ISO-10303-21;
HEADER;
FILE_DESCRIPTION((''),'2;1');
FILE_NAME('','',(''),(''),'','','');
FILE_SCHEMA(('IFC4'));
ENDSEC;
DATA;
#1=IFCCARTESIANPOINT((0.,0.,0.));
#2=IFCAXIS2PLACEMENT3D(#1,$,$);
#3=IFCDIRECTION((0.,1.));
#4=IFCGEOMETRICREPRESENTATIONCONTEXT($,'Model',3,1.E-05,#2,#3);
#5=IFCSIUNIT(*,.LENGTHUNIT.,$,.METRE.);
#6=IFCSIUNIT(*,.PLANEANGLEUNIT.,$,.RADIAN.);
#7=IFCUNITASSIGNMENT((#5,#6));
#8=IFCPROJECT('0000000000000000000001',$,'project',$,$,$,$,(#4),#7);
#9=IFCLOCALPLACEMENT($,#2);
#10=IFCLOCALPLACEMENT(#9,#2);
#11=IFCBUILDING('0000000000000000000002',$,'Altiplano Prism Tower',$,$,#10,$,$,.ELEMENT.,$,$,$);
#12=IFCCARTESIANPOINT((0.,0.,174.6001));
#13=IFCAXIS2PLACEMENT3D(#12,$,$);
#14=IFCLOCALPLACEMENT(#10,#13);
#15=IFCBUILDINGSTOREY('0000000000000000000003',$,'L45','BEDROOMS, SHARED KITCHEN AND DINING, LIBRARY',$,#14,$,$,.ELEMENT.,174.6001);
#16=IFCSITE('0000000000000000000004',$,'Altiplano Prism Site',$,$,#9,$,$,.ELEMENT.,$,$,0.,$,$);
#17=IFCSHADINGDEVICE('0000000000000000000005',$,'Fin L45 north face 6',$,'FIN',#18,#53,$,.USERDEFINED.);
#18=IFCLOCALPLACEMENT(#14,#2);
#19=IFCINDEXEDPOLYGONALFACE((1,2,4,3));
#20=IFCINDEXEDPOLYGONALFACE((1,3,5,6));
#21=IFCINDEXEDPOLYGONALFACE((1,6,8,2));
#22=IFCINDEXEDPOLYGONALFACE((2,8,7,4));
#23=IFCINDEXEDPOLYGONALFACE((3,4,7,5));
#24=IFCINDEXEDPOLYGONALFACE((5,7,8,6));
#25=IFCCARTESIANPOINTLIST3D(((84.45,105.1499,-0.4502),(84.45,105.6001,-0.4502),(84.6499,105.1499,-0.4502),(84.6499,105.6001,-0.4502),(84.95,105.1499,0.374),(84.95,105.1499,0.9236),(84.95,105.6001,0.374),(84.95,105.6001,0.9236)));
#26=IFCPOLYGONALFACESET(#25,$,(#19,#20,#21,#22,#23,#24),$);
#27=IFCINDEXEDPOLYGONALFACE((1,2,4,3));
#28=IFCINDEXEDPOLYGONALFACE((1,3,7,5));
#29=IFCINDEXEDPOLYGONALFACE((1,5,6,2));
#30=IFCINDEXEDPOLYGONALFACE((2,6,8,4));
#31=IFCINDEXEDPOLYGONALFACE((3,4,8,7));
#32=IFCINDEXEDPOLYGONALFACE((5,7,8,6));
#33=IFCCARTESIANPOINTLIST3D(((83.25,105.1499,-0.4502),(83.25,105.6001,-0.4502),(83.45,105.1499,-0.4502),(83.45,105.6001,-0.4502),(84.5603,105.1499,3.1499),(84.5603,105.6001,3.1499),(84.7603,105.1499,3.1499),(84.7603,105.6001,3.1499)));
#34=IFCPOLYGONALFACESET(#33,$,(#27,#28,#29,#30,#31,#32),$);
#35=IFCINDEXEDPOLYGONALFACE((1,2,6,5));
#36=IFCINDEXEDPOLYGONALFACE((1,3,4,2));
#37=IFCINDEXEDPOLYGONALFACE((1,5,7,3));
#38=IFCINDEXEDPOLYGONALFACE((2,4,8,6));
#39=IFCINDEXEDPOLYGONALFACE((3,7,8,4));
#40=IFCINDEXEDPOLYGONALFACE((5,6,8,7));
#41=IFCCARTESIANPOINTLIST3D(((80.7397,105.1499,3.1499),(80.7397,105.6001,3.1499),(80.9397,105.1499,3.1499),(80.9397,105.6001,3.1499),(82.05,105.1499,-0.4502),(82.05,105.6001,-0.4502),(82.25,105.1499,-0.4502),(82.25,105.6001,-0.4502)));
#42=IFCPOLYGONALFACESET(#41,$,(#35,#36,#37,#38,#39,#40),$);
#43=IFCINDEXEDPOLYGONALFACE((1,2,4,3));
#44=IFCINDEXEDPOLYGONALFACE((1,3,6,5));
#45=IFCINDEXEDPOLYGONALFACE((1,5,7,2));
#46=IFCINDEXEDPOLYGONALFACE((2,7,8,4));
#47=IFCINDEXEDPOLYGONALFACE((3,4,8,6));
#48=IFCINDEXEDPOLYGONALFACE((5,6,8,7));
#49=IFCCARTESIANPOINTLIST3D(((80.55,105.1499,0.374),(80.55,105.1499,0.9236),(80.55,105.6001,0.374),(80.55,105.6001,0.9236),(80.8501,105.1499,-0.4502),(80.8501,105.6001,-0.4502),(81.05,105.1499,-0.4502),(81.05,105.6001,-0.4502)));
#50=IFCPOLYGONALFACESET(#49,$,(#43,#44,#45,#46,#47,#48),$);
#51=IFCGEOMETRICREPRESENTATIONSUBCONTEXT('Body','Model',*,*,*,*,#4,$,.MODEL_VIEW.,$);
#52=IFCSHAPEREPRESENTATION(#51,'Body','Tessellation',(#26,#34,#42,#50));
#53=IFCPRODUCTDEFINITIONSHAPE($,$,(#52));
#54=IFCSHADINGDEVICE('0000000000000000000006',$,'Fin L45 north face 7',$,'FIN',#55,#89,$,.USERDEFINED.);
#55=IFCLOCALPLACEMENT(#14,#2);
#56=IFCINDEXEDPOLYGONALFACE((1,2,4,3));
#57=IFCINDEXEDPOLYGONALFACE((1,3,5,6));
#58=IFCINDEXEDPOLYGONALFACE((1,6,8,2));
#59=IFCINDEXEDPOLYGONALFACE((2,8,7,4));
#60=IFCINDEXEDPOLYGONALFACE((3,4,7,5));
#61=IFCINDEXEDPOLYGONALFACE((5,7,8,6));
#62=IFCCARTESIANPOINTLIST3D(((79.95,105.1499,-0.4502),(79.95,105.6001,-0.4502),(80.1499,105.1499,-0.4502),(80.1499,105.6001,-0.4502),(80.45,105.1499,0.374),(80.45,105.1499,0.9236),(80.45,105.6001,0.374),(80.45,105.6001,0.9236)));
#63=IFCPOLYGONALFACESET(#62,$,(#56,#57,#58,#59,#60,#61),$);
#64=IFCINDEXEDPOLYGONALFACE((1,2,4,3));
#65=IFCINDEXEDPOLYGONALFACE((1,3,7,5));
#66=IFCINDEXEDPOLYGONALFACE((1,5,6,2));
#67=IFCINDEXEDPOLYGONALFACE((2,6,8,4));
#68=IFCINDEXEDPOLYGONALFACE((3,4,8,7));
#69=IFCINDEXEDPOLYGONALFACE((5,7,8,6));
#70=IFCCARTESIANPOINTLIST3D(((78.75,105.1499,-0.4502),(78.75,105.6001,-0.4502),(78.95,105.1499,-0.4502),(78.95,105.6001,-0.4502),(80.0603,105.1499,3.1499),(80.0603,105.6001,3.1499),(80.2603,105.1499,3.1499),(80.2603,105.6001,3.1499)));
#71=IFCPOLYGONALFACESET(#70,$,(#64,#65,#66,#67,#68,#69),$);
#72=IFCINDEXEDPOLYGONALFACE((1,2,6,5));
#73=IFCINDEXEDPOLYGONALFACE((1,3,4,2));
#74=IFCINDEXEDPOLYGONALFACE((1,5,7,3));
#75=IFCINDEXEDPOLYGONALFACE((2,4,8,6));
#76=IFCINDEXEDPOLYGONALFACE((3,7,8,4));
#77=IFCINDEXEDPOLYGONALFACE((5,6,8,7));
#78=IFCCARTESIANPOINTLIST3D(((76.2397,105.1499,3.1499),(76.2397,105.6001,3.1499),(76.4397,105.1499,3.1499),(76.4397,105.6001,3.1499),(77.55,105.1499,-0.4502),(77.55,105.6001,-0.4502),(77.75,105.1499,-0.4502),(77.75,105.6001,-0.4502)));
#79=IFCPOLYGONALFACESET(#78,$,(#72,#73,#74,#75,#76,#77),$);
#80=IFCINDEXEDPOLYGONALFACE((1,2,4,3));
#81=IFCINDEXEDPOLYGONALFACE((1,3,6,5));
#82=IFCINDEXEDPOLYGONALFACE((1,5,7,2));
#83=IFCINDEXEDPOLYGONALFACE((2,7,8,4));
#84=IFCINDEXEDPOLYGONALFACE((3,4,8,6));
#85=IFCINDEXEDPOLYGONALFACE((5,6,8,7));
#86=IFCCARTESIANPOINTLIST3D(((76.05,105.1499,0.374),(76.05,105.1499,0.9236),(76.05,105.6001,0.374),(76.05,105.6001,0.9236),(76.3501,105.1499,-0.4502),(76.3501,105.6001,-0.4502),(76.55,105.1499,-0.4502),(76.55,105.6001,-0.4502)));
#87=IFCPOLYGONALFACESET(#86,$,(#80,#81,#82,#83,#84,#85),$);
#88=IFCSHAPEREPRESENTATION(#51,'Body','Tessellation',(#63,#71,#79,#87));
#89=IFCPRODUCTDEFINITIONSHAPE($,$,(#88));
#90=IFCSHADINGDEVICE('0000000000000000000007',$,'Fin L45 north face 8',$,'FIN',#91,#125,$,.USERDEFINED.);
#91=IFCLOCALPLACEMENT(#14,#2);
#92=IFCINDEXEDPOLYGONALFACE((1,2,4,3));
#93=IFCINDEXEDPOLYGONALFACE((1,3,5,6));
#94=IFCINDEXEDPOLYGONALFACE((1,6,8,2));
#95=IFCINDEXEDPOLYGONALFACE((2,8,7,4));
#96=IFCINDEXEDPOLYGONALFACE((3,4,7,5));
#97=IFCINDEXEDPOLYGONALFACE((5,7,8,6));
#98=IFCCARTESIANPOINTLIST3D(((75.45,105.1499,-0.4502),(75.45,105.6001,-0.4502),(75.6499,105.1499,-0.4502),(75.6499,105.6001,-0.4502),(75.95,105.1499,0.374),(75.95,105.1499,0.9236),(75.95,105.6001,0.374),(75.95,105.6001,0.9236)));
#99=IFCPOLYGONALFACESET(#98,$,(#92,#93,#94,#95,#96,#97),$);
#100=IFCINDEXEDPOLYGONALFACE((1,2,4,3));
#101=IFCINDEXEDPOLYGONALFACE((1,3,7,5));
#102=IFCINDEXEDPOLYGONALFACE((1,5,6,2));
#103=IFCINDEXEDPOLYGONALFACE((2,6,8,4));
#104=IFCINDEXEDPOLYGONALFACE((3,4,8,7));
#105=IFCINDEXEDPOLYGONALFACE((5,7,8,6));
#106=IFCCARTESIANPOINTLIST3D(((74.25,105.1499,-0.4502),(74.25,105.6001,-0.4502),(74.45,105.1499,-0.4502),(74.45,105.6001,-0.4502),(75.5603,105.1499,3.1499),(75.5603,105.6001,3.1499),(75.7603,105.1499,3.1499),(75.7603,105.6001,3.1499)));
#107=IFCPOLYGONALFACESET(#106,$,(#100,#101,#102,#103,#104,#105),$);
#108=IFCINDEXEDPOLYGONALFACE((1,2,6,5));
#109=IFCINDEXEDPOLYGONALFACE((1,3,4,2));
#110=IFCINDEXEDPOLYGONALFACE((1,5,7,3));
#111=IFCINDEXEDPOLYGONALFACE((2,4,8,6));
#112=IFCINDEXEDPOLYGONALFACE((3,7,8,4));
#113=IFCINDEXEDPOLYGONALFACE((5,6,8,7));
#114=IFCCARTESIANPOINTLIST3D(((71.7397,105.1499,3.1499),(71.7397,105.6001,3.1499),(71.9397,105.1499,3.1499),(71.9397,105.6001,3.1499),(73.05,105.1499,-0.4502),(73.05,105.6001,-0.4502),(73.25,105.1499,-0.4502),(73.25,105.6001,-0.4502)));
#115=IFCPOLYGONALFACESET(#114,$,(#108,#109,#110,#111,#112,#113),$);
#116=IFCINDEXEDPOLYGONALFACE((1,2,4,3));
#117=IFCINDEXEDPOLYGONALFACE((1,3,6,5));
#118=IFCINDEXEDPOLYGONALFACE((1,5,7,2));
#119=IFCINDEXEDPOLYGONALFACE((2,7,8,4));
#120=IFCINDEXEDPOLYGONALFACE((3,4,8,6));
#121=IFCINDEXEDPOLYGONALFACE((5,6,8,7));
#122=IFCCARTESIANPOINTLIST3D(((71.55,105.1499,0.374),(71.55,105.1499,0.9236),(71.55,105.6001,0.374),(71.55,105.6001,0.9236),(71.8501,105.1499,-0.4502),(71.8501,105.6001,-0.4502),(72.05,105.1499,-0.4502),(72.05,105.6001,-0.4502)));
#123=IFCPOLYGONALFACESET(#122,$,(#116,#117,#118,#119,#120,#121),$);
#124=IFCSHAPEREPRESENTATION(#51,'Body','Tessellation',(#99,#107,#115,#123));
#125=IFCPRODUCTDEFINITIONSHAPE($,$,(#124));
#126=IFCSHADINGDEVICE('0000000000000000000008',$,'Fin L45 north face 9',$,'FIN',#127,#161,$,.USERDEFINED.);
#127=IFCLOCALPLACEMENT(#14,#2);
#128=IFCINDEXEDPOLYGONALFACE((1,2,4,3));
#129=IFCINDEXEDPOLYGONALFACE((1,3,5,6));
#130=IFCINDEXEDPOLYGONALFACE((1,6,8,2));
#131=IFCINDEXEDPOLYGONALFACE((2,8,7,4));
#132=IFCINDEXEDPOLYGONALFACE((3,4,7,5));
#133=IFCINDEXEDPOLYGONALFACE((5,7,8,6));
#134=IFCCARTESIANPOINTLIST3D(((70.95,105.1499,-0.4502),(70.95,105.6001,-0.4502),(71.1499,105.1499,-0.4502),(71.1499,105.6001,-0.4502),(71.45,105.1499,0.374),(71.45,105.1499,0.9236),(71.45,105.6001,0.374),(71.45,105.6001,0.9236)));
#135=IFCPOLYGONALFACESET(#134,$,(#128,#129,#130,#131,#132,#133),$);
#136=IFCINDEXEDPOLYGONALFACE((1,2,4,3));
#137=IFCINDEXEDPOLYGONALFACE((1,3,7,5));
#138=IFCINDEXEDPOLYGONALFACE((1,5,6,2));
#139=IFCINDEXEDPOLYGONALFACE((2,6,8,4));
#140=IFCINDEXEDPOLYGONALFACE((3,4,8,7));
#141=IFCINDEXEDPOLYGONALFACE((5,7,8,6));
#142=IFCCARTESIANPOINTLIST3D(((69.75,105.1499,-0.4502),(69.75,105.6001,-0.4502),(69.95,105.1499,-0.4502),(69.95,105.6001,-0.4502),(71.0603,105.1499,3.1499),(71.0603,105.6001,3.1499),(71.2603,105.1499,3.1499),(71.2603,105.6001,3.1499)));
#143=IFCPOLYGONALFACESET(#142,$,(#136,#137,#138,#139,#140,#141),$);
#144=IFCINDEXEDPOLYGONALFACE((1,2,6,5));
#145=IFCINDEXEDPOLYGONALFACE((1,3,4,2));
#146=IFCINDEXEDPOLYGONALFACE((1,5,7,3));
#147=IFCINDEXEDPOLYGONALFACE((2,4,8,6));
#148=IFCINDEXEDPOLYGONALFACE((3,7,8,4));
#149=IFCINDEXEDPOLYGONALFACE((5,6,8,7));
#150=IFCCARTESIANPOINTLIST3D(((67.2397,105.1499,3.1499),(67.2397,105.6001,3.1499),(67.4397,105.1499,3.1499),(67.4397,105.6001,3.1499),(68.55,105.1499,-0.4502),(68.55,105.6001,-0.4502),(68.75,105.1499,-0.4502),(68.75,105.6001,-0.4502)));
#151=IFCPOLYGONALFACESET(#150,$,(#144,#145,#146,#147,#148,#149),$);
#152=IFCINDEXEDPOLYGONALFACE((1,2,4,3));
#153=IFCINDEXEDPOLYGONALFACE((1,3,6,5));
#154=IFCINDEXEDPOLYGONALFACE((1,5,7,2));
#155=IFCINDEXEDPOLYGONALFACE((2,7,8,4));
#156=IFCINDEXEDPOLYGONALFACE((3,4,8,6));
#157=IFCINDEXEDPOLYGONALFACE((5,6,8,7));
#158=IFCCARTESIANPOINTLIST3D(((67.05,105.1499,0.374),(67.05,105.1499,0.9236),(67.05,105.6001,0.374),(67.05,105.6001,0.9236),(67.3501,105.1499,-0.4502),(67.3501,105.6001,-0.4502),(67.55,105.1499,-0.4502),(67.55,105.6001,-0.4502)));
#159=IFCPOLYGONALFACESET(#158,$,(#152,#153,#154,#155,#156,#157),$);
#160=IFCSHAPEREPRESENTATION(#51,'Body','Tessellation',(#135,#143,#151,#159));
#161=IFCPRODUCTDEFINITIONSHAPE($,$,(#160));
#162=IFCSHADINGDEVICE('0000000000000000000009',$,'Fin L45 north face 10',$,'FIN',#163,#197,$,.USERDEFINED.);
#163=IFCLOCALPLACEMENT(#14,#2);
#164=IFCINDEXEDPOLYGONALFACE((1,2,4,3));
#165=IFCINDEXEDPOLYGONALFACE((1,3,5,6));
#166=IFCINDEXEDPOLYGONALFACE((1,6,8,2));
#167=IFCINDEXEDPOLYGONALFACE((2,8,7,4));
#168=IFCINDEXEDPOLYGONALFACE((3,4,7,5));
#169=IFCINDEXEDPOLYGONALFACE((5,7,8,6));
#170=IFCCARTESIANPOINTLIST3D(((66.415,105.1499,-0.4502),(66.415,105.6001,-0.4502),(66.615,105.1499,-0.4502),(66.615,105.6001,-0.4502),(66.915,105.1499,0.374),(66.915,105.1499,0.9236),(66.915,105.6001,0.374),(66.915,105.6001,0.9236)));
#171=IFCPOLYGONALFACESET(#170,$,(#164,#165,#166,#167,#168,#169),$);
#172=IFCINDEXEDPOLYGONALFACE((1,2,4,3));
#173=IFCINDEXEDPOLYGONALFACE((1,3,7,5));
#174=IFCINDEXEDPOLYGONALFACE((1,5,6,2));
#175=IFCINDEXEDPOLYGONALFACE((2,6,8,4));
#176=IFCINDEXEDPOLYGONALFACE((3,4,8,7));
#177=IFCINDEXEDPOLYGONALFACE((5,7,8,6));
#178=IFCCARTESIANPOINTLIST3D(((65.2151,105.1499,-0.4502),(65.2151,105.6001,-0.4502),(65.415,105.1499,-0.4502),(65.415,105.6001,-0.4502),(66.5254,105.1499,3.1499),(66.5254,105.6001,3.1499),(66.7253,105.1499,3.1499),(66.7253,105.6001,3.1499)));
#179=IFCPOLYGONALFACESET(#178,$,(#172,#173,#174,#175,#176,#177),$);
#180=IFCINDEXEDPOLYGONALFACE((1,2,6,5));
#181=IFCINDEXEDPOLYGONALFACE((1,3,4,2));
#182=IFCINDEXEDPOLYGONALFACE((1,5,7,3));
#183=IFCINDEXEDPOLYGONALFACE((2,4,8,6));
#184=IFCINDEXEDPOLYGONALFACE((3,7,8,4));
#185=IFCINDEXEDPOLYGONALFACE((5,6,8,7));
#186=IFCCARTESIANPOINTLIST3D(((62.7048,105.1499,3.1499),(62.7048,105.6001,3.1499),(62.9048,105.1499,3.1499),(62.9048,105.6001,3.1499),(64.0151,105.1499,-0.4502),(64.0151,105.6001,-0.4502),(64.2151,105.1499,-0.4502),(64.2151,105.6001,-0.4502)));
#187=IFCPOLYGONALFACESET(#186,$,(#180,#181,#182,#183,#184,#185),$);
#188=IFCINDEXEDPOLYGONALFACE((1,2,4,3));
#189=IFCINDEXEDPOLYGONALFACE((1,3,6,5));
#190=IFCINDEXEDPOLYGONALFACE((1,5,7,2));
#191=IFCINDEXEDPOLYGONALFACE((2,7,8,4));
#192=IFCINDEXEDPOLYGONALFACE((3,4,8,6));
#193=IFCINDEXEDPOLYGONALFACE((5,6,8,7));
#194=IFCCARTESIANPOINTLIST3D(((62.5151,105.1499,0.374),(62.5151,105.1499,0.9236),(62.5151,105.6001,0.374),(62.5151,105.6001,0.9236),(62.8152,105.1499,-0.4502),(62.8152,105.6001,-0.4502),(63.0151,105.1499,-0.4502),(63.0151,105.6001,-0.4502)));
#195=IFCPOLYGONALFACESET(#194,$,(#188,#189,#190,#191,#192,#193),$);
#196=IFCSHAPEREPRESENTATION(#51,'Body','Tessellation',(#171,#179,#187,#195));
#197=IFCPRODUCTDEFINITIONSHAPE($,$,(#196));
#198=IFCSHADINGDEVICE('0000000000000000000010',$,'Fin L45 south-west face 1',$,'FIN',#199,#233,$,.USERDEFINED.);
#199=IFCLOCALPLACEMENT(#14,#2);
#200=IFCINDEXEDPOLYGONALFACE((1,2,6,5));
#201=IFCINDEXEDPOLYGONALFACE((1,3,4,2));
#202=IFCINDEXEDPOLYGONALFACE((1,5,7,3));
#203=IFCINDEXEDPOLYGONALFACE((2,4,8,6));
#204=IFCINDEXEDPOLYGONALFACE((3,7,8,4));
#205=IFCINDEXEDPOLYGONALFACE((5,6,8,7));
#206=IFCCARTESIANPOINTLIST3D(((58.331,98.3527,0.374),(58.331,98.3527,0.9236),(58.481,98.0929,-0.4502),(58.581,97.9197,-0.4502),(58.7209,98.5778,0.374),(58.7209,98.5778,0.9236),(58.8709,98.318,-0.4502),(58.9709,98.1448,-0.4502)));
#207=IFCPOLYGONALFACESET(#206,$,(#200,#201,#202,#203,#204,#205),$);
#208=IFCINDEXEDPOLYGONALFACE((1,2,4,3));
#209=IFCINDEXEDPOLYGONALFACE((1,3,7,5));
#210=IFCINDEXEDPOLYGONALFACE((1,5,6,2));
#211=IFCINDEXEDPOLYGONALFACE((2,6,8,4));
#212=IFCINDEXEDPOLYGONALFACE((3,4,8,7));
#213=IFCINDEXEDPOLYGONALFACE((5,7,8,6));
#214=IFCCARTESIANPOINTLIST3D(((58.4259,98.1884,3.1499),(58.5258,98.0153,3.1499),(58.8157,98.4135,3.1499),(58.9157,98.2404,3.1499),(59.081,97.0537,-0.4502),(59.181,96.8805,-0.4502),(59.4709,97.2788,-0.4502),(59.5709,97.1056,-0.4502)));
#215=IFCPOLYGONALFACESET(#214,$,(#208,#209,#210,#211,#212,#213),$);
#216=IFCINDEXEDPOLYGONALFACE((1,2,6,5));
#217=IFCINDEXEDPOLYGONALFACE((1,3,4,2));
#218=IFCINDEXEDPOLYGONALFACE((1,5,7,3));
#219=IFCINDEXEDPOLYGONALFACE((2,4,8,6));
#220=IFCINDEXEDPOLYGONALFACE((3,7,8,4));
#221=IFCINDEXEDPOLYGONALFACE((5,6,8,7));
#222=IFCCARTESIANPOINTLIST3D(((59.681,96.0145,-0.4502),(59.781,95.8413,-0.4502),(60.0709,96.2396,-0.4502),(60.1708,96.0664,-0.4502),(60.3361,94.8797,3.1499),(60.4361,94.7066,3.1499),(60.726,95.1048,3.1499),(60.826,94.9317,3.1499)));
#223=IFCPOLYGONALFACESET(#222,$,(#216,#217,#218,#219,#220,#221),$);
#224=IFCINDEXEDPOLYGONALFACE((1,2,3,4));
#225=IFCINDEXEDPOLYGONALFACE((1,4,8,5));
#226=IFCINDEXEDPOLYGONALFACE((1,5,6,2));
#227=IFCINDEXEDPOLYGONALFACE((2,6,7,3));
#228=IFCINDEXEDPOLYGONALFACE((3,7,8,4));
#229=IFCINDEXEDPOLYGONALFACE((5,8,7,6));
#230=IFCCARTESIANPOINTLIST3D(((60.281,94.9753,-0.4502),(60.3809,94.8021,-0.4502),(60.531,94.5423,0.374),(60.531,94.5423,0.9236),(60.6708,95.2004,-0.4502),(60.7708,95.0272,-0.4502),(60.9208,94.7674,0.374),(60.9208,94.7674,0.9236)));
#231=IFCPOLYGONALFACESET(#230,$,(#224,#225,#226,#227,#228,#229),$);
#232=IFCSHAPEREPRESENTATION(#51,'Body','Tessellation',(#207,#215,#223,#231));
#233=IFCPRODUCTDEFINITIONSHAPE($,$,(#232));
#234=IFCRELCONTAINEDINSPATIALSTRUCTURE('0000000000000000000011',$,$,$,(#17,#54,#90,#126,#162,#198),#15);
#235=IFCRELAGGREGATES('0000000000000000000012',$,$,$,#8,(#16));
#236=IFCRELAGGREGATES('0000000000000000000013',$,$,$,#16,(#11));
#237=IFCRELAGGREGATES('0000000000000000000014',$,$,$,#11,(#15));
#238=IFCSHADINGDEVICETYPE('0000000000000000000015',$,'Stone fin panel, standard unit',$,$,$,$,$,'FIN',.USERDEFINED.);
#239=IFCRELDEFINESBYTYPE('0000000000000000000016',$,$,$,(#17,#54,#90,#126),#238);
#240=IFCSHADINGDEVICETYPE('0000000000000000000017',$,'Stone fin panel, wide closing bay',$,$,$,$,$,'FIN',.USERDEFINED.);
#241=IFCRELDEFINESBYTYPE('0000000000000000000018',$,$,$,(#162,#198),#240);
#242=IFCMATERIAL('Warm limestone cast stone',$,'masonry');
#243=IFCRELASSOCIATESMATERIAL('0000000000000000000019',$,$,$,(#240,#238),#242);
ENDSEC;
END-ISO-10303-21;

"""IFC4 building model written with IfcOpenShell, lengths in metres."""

from ifc_helpers import new_model, si_unit, direction, frame, origin, place, context, subcontext, project, spatial, polyline, outline, extrude, source, transform, mapped, material, type_object, element, save


model = new_model("IFC4")

# Units and contexts
model_context = context("Model", 3, precision=1e-05, world=origin(), true_north=direction((0.0, 1.0)))
body_context = subcontext(model_context, "Body", "Model", "MODEL_VIEW")
ifc_project = project(units=[si_unit("LENGTHUNIT", "METRE"), si_unit("PLANEANGLEUNIT", "RADIAN")], contexts=[model_context])

# Site, building, storey
site_placement = place(None, origin())
site = spatial("IfcSite", under=ifc_project, at=site_placement, Name="Altiplano Prism Site", CompositionType="ELEMENT", RefElevation=0.0)
building_placement = place(site_placement, origin())
building = spatial("IfcBuilding", under=site, at=building_placement, Name="Altiplano Prism Tower", CompositionType="ELEMENT")
storey_placement = place(building_placement, frame((0.0, 0.0, 174.6001)))
storey = spatial("IfcBuildingStorey", under=building, at=storey_placement, Name="L45", Description="BEDROOMS, SHARED KITCHEN AND DINING, LIBRARY", CompositionType="ELEMENT", Elevation=174.6001)

# Shading devices
ifc_material_1 = material(Name="Warm limestone cast stone", Category="masonry")
shading_device_type_1 = type_object("IfcShadingDeviceType", Name="Stone fin panel, wide closing bay", ElementType="FIN", PredefinedType="USERDEFINED", material=ifc_material_1)
shared_shape_1 = source(origin(), body_context, "Body", "SweptSolid", [
    extrude(outline(polyline([(-2.2, 1.3738), (-2.2, 0.8242), (-1.8999, 0.0), (-1.7, 0.0), (-2.2, 1.3738)])), frame((0.0, -0.1499, 0.0), z_axis=(0.0, -1.0, 0.0), x_axis=(1.0, 0.0, 0.0)), (0.0, 0.0, 1.0), 0.4502),
    extrude(outline(polyline([(-2.0103, 3.6001), (-0.7, 0.0), (-0.5, 0.0), (-1.8103, 3.6001), (-2.0103, 3.6001)])), frame((0.0, -0.1499, 0.0), z_axis=(0.0, -1.0, 0.0), x_axis=(1.0, 0.0, 0.0)), (0.0, 0.0, 1.0), 0.4502),
    extrude(outline(polyline([(1.8103, 3.6001), (0.5, 0.0), (0.7, 0.0), (2.0103, 3.6001), (1.8103, 3.6001)])), frame((0.0, -0.1499, 0.0), z_axis=(0.0, -1.0, 0.0), x_axis=(1.0, 0.0, 0.0)), (0.0, 0.0, 1.0), 0.4502),
    extrude(outline(polyline([(2.2, 0.8242), (2.2, 1.3738), (1.7, 0.0), (1.8999, 0.0), (2.2, 0.8242)])), frame((0.0, -0.1499, 0.0), z_axis=(0.0, -1.0, 0.0), x_axis=(1.0, 0.0, 0.0)), (0.0, 0.0, 1.0), 0.4502),
])
shading_device_type_2 = type_object("IfcShadingDeviceType", Name="Stone fin panel, standard unit", ElementType="FIN", PredefinedType="USERDEFINED", material=ifc_material_1)
shading_device_1_placement = place(storey_placement, origin())
element("IfcShadingDevice", 1, at=shading_device_1_placement, inside=storey, type_object=shading_device_type_2, Name="Fin L45 north face 6", ObjectType="FIN", PredefinedType="USERDEFINED", context=body_context, shape_type="MappedRepresentation", body=[
    mapped(shared_shape_1, transform((82.75, 105.0, -0.4502), x_axis=(-1.0, 0.0, 0.0), y_axis=(0.0, -1.0, 0.0), z_axis=(0.0, 0.0, 1.0))),
])
shading_device_2_placement = place(storey_placement, origin())
element("IfcShadingDevice", 2, at=shading_device_2_placement, inside=storey, type_object=shading_device_type_2, Name="Fin L45 north face 7", ObjectType="FIN", PredefinedType="USERDEFINED", context=body_context, shape_type="MappedRepresentation", body=[
    mapped(shared_shape_1, transform((78.25, 105.0, -0.4502), x_axis=(-1.0, 0.0, 0.0), y_axis=(0.0, -1.0, 0.0), z_axis=(0.0, 0.0, 1.0))),
])
shading_device_3_placement = place(storey_placement, origin())
element("IfcShadingDevice", 3, at=shading_device_3_placement, inside=storey, type_object=shading_device_type_2, Name="Fin L45 north face 8", ObjectType="FIN", PredefinedType="USERDEFINED", context=body_context, shape_type="MappedRepresentation", body=[
    mapped(shared_shape_1, transform((73.75, 105.0, -0.4502), x_axis=(-1.0, 0.0, 0.0), y_axis=(0.0, -1.0, 0.0), z_axis=(0.0, 0.0, 1.0))),
])
shading_device_4_placement = place(storey_placement, origin())
element("IfcShadingDevice", 4, at=shading_device_4_placement, inside=storey, type_object=shading_device_type_2, Name="Fin L45 north face 9", ObjectType="FIN", PredefinedType="USERDEFINED", context=body_context, shape_type="MappedRepresentation", body=[
    mapped(shared_shape_1, transform((69.25, 105.0, -0.4502), x_axis=(-1.0, 0.0, 0.0), y_axis=(0.0, -1.0, 0.0), z_axis=(0.0, 0.0, 1.0))),
])
shading_device_5_placement = place(storey_placement, origin())
element("IfcShadingDevice", 5, at=shading_device_5_placement, inside=storey, type_object=shading_device_type_1, Name="Fin L45 north face 10", ObjectType="FIN", PredefinedType="USERDEFINED", context=body_context, shape_type="MappedRepresentation", body=[
    mapped(shared_shape_1, transform((64.7151, 105.0, -0.4502), x_axis=(-1.0, 0.0, 0.0), y_axis=(0.0, -1.0, 0.0), z_axis=(0.0, 0.0, 1.0))),
])
shading_device_6_placement = place(storey_placement, origin())
element("IfcShadingDevice", 6, at=shading_device_6_placement, inside=storey, type_object=shading_device_type_1, Name="Fin L45 south-west face 1", ObjectType="FIN", PredefinedType="USERDEFINED", context=body_context, shape_type="MappedRepresentation", body=[
    mapped(shared_shape_1, transform((59.9507, 96.7476, -0.4502), x_axis=(0.5, -0.866025, 0.0), y_axis=(0.866025, 0.5, 0.0), z_axis=(0.0, 0.0, 1.0))),
])

save(model, "model.ifc")
